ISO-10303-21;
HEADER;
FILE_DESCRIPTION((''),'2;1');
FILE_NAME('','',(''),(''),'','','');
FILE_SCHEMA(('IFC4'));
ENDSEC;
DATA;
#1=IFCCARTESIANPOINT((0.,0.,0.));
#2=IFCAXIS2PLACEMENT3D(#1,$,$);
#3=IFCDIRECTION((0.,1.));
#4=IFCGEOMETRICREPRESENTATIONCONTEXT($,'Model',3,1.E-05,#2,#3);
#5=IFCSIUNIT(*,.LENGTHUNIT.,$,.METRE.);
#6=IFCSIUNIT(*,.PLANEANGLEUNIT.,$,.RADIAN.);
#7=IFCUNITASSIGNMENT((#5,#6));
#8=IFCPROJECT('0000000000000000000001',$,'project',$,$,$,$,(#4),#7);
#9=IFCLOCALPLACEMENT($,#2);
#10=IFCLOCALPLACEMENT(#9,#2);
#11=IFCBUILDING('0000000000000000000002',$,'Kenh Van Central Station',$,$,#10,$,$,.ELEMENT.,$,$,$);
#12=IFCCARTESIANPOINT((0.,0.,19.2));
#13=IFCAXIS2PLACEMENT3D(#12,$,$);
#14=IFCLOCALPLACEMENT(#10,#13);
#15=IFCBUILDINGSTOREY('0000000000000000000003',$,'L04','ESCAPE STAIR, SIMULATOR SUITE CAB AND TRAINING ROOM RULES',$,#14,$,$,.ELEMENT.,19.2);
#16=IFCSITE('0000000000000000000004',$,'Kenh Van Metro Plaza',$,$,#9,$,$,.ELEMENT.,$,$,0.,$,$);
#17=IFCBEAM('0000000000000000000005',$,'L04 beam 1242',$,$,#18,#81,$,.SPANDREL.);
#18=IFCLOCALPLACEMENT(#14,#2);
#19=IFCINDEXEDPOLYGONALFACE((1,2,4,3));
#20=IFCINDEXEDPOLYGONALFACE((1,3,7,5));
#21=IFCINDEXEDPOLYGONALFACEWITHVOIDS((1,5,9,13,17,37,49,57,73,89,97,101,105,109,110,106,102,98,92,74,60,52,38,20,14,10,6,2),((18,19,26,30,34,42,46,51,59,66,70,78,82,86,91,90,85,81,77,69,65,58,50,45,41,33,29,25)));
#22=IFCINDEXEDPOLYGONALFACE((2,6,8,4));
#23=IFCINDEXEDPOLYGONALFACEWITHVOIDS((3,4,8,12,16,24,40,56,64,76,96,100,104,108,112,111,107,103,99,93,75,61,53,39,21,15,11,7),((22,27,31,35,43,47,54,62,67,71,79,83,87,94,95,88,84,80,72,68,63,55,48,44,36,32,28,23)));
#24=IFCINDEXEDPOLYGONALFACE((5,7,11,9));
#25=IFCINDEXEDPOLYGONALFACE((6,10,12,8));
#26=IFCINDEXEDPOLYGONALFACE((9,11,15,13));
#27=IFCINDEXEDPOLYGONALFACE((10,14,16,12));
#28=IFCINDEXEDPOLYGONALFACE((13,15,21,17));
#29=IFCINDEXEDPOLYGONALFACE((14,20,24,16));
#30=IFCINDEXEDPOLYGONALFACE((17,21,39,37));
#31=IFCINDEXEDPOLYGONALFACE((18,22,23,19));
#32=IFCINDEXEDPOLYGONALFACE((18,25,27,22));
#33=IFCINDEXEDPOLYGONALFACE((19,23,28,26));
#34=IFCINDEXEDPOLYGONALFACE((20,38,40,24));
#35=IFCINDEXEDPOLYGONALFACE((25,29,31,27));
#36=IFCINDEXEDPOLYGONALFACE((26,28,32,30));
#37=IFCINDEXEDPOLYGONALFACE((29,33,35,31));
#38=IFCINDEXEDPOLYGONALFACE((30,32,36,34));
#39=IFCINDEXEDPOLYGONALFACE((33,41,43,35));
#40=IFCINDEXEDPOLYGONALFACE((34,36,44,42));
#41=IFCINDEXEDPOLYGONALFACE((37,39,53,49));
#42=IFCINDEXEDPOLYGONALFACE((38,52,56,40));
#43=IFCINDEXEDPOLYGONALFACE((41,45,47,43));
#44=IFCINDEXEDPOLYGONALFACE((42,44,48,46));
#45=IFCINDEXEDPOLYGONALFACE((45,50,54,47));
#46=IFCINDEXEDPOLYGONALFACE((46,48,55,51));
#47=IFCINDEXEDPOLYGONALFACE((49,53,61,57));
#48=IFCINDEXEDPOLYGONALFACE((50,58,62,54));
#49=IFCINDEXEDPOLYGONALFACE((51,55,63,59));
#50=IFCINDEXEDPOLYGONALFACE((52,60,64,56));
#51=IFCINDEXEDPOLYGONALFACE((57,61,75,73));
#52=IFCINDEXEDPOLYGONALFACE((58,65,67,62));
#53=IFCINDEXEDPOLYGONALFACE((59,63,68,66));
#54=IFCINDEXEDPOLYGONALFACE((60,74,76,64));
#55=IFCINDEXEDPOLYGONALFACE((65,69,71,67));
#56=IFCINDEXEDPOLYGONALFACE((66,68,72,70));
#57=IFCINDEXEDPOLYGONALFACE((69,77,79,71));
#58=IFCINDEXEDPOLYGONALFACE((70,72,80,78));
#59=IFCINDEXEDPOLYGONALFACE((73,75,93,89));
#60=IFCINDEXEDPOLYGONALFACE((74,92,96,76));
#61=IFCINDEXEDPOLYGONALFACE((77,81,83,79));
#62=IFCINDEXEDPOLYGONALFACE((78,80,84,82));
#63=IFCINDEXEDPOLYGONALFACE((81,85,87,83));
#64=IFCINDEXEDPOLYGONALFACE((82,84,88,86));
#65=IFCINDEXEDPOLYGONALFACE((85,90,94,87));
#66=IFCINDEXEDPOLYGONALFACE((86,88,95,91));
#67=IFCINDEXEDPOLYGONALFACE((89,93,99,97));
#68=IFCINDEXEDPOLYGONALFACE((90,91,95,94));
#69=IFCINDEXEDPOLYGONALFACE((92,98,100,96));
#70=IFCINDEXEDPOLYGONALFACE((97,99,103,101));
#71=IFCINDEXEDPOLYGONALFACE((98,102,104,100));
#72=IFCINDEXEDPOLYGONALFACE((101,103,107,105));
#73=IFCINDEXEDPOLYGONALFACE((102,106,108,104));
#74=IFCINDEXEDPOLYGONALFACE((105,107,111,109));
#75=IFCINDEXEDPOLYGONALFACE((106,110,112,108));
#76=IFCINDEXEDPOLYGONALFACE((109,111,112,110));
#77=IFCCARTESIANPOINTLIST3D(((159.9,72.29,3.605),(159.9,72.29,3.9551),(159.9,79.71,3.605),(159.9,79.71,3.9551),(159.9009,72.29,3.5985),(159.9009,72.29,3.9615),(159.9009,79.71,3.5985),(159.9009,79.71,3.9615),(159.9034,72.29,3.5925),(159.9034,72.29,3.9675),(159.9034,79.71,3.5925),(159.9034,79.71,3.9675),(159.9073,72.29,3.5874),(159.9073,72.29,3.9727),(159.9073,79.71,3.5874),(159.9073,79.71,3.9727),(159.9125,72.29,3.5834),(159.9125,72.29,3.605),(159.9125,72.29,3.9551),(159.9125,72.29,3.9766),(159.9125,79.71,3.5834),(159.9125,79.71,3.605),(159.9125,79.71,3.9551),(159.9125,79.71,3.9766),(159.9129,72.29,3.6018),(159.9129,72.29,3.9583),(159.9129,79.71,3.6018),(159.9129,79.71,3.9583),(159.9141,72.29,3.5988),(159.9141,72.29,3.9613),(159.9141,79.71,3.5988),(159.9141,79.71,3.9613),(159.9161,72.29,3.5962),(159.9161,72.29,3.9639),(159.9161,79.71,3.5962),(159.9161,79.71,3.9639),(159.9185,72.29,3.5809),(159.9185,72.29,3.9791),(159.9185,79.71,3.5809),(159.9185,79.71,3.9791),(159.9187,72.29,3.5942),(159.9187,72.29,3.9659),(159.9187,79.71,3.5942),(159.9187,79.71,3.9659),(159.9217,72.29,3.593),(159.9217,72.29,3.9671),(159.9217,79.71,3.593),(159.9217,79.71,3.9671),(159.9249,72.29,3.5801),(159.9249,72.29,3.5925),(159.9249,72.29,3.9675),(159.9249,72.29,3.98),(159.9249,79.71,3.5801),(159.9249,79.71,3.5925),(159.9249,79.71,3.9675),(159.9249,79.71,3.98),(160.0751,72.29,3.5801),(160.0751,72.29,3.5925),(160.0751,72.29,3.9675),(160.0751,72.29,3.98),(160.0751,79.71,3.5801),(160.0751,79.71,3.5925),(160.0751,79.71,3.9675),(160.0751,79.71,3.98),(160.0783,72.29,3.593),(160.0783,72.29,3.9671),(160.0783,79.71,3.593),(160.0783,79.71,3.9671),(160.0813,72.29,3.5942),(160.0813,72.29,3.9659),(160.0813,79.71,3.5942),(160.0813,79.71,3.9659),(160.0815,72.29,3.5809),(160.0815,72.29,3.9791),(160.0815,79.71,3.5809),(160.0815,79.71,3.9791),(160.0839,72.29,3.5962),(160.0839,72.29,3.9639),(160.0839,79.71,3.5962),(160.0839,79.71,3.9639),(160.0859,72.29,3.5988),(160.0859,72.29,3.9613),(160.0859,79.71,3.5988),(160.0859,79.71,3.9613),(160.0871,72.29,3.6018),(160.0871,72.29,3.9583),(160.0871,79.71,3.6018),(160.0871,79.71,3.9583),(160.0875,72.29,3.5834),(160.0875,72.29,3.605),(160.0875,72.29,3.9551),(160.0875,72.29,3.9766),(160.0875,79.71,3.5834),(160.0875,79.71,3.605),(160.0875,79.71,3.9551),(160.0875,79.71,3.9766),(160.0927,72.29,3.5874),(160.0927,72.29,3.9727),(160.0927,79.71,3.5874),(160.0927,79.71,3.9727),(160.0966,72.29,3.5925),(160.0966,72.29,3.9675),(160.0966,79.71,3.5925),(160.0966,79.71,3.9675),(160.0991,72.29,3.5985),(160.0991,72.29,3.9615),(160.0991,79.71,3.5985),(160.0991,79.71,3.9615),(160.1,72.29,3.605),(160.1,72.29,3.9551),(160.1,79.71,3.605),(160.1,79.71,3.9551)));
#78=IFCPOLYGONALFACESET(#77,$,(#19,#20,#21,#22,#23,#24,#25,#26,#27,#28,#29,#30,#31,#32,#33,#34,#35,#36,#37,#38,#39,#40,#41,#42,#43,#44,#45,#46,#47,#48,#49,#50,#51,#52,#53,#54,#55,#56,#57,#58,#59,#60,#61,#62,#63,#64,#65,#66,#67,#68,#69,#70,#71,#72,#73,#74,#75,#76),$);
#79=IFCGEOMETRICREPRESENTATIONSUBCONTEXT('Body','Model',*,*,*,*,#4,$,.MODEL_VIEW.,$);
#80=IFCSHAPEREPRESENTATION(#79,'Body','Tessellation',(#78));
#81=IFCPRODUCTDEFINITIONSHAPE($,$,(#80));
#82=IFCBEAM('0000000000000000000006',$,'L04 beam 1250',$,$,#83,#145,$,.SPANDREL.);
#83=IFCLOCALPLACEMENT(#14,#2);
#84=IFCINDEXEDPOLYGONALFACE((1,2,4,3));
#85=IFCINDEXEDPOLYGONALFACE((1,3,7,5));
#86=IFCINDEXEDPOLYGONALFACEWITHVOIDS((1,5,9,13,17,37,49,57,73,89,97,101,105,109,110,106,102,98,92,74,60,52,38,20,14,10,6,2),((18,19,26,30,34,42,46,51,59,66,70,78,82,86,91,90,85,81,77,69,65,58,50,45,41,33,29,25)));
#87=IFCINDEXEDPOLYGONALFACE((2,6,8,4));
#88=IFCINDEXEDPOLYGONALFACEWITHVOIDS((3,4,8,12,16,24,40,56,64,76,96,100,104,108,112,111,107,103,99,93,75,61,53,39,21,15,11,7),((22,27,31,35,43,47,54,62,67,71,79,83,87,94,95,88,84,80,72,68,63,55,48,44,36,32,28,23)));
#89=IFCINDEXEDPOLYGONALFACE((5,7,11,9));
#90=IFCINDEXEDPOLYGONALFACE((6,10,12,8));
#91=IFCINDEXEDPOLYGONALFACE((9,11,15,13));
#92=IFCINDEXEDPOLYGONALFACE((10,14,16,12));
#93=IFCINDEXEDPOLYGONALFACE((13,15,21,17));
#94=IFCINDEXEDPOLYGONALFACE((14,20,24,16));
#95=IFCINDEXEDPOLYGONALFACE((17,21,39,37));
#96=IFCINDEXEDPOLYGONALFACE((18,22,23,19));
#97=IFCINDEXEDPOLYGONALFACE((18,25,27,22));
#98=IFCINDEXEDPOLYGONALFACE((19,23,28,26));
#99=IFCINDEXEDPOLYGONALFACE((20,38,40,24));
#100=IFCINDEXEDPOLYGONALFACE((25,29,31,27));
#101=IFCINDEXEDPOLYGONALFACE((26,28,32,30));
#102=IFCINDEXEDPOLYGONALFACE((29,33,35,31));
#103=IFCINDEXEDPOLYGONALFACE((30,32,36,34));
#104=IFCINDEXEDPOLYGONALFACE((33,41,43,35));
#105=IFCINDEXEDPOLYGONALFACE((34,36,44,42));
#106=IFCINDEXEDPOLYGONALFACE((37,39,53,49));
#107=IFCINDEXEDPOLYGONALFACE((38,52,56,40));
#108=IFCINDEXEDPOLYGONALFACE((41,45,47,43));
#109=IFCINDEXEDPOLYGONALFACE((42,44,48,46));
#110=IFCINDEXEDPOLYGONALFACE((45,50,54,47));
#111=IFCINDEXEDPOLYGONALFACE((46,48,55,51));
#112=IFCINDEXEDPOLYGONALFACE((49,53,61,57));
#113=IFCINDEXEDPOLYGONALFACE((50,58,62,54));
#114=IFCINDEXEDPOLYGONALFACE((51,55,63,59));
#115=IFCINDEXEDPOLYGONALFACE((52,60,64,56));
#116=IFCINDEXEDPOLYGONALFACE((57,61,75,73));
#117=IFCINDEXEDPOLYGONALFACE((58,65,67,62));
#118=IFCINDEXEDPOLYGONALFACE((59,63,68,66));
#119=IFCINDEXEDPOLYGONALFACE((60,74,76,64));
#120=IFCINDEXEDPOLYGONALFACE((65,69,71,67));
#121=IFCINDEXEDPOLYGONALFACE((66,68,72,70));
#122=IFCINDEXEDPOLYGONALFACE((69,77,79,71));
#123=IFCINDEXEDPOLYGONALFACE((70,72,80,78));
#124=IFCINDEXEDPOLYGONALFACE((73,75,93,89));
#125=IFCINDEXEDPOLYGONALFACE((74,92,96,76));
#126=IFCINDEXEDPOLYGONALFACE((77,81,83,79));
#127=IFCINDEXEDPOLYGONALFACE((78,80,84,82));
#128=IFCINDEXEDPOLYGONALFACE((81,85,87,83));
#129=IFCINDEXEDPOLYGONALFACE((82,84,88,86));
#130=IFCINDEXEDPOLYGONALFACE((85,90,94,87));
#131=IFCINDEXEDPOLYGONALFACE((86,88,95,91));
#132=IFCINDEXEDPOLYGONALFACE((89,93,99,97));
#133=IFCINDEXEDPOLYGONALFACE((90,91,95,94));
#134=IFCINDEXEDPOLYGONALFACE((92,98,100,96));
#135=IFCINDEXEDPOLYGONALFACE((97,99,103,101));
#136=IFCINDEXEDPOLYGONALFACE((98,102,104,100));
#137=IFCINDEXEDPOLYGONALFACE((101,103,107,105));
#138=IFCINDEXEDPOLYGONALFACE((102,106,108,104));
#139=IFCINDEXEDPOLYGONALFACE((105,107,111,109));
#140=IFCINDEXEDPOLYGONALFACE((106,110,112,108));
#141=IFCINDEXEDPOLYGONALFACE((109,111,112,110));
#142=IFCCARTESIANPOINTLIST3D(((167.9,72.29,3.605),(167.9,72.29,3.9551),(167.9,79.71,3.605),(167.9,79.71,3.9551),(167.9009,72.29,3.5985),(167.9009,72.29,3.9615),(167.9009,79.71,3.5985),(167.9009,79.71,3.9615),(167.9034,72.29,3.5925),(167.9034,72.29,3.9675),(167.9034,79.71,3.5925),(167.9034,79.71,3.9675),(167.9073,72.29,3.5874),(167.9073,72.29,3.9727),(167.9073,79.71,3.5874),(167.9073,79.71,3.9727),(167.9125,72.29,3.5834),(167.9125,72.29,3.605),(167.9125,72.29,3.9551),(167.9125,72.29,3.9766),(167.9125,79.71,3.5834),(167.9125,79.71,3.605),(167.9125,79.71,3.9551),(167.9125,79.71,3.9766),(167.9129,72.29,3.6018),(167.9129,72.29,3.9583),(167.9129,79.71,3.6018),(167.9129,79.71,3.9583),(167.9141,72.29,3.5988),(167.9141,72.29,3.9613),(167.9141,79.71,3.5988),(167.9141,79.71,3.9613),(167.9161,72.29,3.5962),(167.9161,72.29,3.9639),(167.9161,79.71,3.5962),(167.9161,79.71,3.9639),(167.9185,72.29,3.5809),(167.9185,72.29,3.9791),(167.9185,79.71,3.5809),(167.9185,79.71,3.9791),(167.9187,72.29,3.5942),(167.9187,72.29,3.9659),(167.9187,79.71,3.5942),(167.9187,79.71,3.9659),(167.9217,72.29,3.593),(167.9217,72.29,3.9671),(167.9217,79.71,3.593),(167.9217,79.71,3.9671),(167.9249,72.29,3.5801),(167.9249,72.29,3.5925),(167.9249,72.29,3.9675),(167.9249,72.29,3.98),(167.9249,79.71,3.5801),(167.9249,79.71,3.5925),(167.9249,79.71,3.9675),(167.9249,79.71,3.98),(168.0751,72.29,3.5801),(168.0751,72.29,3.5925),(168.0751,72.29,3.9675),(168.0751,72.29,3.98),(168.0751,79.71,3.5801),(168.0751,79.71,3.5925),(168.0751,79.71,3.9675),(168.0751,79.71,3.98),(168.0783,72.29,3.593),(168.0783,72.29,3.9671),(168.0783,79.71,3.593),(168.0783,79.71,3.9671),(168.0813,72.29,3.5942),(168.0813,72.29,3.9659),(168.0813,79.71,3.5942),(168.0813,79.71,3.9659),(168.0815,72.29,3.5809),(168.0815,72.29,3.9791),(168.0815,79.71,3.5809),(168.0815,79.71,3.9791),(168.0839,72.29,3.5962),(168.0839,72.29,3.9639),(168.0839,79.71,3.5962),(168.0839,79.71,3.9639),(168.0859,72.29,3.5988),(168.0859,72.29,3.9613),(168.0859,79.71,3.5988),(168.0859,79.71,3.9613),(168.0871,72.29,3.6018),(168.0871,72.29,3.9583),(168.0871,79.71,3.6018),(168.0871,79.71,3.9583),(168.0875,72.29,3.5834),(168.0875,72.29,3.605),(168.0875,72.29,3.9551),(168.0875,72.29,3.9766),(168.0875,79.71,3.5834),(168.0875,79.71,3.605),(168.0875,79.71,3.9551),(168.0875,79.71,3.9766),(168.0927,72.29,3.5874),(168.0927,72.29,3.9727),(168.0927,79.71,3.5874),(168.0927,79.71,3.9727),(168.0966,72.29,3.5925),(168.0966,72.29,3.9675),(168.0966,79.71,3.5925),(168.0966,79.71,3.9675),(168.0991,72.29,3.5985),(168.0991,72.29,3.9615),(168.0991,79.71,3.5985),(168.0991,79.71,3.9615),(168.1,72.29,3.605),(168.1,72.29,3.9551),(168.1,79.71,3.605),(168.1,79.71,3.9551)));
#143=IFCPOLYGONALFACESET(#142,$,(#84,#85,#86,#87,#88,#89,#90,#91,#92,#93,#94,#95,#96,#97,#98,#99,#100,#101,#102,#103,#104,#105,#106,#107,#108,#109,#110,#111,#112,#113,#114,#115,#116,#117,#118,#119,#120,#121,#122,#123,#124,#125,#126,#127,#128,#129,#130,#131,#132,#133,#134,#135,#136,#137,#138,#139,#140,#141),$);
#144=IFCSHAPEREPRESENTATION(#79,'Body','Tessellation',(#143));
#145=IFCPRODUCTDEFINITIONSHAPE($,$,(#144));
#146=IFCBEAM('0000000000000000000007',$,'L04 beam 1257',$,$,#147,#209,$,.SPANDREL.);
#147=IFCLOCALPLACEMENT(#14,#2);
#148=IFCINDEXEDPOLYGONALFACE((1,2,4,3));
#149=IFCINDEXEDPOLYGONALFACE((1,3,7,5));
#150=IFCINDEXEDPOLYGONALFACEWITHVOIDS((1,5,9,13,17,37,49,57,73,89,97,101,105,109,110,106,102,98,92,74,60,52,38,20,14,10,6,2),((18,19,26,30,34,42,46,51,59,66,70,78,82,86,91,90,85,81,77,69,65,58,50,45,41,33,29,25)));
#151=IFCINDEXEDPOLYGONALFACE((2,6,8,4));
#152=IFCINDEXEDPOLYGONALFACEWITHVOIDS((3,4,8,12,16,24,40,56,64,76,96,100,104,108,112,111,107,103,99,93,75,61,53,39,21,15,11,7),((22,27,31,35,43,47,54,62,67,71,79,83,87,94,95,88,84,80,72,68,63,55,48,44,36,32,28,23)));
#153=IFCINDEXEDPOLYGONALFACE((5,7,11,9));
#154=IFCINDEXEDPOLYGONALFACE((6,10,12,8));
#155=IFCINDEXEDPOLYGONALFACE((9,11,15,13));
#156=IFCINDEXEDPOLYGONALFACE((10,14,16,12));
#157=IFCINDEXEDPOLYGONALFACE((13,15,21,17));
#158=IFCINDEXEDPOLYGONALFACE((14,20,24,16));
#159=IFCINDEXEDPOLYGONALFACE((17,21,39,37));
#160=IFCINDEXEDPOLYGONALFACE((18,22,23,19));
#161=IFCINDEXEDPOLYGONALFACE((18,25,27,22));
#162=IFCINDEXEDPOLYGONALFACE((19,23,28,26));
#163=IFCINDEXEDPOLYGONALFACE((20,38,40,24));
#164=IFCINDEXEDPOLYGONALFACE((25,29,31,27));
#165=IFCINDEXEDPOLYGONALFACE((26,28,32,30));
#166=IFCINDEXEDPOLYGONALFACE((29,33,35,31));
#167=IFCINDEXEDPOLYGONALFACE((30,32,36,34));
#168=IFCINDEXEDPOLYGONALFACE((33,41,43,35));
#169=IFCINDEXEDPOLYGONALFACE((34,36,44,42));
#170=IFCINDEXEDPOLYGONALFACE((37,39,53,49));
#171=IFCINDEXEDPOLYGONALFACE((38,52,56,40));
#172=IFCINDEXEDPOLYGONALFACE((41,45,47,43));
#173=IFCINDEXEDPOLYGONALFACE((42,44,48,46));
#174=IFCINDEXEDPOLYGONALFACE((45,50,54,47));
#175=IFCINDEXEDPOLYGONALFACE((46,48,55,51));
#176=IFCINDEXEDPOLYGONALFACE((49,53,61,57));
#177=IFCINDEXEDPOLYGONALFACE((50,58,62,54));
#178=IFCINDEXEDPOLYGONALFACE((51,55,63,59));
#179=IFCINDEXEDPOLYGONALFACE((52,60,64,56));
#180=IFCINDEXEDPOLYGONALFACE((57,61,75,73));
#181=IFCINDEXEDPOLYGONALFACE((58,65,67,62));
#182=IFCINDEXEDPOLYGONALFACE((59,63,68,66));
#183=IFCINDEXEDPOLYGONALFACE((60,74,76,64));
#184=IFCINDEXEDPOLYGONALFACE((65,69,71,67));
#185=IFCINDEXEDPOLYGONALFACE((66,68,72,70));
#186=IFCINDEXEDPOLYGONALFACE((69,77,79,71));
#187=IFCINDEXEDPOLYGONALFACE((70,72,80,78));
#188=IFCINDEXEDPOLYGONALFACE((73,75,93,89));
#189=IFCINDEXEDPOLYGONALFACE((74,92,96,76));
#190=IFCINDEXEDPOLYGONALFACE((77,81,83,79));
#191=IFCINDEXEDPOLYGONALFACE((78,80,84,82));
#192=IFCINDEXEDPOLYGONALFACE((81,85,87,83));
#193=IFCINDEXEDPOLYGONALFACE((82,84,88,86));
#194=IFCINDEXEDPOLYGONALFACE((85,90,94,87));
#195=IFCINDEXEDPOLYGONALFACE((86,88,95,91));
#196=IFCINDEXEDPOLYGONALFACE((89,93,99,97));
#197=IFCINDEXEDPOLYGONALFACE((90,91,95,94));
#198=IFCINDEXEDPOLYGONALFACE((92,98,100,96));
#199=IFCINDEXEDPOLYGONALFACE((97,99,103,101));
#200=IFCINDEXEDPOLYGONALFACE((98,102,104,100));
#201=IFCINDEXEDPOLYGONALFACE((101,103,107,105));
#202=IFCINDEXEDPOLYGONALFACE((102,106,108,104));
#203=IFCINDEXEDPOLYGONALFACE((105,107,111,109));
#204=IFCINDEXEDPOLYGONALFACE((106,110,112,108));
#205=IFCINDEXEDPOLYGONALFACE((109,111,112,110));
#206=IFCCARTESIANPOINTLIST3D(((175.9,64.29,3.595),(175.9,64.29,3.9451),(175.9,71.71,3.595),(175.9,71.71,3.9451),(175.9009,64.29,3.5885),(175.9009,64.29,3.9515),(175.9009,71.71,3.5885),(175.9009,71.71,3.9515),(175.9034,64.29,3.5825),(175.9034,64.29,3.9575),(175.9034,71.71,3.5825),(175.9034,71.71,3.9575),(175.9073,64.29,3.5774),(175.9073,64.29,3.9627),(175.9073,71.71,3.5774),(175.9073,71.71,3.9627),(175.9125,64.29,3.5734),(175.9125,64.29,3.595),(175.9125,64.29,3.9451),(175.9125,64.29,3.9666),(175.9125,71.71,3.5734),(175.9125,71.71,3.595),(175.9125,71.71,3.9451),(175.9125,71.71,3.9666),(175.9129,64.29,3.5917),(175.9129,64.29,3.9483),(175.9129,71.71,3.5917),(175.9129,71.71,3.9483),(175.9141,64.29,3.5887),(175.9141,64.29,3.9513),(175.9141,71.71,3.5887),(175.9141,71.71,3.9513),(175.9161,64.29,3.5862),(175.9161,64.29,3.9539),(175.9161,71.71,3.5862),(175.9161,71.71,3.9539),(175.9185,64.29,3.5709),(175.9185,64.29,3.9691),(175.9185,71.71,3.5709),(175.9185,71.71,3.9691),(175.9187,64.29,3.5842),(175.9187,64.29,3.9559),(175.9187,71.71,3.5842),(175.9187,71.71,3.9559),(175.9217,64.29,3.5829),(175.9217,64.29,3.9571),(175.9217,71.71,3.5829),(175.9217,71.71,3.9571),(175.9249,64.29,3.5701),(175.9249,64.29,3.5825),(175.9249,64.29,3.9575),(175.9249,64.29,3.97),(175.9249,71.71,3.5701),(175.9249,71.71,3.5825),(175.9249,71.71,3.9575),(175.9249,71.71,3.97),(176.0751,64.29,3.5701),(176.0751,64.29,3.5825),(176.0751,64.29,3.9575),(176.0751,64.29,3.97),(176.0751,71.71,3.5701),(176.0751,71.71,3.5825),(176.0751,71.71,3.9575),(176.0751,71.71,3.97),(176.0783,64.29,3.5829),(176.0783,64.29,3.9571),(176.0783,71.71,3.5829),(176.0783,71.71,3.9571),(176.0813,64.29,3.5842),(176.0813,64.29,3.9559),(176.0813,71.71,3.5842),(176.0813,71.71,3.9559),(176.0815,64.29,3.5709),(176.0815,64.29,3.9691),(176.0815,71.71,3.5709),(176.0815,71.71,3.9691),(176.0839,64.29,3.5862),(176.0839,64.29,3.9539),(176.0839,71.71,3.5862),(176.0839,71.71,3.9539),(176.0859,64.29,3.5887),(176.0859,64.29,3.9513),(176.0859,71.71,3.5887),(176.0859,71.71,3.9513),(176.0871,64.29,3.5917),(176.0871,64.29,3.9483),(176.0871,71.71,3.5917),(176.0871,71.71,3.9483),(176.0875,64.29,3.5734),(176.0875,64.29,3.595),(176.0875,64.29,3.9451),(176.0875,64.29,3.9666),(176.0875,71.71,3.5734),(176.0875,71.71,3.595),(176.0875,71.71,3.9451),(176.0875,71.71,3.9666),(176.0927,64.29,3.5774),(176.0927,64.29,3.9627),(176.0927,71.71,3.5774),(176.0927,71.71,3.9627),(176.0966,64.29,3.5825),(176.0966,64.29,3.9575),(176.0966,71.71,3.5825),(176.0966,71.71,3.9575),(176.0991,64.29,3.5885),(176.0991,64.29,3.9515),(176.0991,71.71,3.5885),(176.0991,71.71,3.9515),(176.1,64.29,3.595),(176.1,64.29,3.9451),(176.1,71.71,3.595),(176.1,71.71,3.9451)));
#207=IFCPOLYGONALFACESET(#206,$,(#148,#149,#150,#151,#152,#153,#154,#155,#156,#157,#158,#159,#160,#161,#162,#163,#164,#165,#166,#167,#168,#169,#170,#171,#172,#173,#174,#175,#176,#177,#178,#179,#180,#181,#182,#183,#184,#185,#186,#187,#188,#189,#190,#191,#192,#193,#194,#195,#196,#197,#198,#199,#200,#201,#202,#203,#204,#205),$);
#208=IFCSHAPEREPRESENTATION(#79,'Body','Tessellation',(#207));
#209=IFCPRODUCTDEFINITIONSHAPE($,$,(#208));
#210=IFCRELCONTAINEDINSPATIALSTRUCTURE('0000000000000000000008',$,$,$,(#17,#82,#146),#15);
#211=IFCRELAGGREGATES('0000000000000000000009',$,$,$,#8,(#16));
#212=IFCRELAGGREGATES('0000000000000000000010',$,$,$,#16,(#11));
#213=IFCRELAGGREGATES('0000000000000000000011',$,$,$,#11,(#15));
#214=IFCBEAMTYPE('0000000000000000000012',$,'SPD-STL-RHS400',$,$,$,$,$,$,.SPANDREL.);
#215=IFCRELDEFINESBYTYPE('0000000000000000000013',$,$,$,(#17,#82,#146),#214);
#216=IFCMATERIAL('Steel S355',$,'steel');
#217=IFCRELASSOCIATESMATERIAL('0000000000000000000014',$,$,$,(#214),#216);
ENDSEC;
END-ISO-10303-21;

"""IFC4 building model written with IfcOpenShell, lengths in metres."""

from ifc_helpers import new_model, si_unit, direction, frame, origin, origin_2d, place, context, subcontext, project, spatial, hollow_rectangle, extrude, material, material_profile, profile_set, type_object, element, save


model = new_model("IFC4")

# Units and contexts
model_context = context("Model", 3, precision=1e-05, world=origin(), true_north=direction((0.0, 1.0)))
body_context = subcontext(model_context, "Body", "Model", "MODEL_VIEW")
ifc_project = project(units=[si_unit("LENGTHUNIT", "METRE"), si_unit("PLANEANGLEUNIT", "RADIAN")], contexts=[model_context])

# Site, building, storey
site_placement = place(None, origin())
site = spatial("IfcSite", under=ifc_project, at=site_placement, Name="Kenh Van Metro Plaza", CompositionType="ELEMENT", RefElevation=0.0)
building_placement = place(site_placement, origin())
building = spatial("IfcBuilding", under=site, at=building_placement, Name="Kenh Van Central Station", CompositionType="ELEMENT")
storey_placement = place(building_placement, frame((0.0, 0.0, 19.2)))
storey = spatial("IfcBuildingStorey", under=building, at=storey_placement, Name="L04", Description="ESCAPE STAIR, SIMULATOR SUITE CAB AND TRAINING ROOM RULES", CompositionType="ELEMENT", Elevation=19.2)

# Beams
ifc_material_1 = material(Name="Steel S355", Category="steel")
ifc_material_profile_1 = material_profile(ifc_material_1, hollow_rectangle(XDim=0.2, YDim=0.3999, WallThickness=0.0125, InnerFilletRadius=0.0125, OuterFilletRadius=0.0249, at=origin_2d()), Name="RHS 400x200x12.5")
ifc_profile_set_1 = profile_set([ifc_material_profile_1], Name="Steel S355")
beam_type_1 = type_object("IfcBeamType", Name="SPD-STL-RHS400", PredefinedType="SPANDREL", material=ifc_profile_set_1)
for number, where, z_axis, x_axis, name in (
    (1, (160.0, 72.29, 3.78), (0.0, 1.0, 0.0), (-1.0, 0.0, 0.0), "L04 beam 1242"),
    (2, (168.0, 72.29, 3.78), (0.0, 1.0, 0.0), (-1.0, 0.0, 0.0), "L04 beam 1250"),
    (3, (176.0, 64.29, 3.77), (0.0, 1.0, 0.0), (-1.0, 0.0, 0.0), "L04 beam 1257"),
):
    element("IfcBeam", number, at=place(storey_placement, frame(where, z_axis=z_axis, x_axis=x_axis)), inside=storey, type_object=beam_type_1, Name=name, PredefinedType="SPANDREL", context=body_context, shape_type="SweptSolid", body=[
        extrude(hollow_rectangle(XDim=0.2, YDim=0.3999, WallThickness=0.0125, InnerFilletRadius=0.0125, OuterFilletRadius=0.0249, at=origin_2d()), origin(), (0.0, 0.0, 1.0), 7.4199),
    ])

save(model, "model.ifc")
